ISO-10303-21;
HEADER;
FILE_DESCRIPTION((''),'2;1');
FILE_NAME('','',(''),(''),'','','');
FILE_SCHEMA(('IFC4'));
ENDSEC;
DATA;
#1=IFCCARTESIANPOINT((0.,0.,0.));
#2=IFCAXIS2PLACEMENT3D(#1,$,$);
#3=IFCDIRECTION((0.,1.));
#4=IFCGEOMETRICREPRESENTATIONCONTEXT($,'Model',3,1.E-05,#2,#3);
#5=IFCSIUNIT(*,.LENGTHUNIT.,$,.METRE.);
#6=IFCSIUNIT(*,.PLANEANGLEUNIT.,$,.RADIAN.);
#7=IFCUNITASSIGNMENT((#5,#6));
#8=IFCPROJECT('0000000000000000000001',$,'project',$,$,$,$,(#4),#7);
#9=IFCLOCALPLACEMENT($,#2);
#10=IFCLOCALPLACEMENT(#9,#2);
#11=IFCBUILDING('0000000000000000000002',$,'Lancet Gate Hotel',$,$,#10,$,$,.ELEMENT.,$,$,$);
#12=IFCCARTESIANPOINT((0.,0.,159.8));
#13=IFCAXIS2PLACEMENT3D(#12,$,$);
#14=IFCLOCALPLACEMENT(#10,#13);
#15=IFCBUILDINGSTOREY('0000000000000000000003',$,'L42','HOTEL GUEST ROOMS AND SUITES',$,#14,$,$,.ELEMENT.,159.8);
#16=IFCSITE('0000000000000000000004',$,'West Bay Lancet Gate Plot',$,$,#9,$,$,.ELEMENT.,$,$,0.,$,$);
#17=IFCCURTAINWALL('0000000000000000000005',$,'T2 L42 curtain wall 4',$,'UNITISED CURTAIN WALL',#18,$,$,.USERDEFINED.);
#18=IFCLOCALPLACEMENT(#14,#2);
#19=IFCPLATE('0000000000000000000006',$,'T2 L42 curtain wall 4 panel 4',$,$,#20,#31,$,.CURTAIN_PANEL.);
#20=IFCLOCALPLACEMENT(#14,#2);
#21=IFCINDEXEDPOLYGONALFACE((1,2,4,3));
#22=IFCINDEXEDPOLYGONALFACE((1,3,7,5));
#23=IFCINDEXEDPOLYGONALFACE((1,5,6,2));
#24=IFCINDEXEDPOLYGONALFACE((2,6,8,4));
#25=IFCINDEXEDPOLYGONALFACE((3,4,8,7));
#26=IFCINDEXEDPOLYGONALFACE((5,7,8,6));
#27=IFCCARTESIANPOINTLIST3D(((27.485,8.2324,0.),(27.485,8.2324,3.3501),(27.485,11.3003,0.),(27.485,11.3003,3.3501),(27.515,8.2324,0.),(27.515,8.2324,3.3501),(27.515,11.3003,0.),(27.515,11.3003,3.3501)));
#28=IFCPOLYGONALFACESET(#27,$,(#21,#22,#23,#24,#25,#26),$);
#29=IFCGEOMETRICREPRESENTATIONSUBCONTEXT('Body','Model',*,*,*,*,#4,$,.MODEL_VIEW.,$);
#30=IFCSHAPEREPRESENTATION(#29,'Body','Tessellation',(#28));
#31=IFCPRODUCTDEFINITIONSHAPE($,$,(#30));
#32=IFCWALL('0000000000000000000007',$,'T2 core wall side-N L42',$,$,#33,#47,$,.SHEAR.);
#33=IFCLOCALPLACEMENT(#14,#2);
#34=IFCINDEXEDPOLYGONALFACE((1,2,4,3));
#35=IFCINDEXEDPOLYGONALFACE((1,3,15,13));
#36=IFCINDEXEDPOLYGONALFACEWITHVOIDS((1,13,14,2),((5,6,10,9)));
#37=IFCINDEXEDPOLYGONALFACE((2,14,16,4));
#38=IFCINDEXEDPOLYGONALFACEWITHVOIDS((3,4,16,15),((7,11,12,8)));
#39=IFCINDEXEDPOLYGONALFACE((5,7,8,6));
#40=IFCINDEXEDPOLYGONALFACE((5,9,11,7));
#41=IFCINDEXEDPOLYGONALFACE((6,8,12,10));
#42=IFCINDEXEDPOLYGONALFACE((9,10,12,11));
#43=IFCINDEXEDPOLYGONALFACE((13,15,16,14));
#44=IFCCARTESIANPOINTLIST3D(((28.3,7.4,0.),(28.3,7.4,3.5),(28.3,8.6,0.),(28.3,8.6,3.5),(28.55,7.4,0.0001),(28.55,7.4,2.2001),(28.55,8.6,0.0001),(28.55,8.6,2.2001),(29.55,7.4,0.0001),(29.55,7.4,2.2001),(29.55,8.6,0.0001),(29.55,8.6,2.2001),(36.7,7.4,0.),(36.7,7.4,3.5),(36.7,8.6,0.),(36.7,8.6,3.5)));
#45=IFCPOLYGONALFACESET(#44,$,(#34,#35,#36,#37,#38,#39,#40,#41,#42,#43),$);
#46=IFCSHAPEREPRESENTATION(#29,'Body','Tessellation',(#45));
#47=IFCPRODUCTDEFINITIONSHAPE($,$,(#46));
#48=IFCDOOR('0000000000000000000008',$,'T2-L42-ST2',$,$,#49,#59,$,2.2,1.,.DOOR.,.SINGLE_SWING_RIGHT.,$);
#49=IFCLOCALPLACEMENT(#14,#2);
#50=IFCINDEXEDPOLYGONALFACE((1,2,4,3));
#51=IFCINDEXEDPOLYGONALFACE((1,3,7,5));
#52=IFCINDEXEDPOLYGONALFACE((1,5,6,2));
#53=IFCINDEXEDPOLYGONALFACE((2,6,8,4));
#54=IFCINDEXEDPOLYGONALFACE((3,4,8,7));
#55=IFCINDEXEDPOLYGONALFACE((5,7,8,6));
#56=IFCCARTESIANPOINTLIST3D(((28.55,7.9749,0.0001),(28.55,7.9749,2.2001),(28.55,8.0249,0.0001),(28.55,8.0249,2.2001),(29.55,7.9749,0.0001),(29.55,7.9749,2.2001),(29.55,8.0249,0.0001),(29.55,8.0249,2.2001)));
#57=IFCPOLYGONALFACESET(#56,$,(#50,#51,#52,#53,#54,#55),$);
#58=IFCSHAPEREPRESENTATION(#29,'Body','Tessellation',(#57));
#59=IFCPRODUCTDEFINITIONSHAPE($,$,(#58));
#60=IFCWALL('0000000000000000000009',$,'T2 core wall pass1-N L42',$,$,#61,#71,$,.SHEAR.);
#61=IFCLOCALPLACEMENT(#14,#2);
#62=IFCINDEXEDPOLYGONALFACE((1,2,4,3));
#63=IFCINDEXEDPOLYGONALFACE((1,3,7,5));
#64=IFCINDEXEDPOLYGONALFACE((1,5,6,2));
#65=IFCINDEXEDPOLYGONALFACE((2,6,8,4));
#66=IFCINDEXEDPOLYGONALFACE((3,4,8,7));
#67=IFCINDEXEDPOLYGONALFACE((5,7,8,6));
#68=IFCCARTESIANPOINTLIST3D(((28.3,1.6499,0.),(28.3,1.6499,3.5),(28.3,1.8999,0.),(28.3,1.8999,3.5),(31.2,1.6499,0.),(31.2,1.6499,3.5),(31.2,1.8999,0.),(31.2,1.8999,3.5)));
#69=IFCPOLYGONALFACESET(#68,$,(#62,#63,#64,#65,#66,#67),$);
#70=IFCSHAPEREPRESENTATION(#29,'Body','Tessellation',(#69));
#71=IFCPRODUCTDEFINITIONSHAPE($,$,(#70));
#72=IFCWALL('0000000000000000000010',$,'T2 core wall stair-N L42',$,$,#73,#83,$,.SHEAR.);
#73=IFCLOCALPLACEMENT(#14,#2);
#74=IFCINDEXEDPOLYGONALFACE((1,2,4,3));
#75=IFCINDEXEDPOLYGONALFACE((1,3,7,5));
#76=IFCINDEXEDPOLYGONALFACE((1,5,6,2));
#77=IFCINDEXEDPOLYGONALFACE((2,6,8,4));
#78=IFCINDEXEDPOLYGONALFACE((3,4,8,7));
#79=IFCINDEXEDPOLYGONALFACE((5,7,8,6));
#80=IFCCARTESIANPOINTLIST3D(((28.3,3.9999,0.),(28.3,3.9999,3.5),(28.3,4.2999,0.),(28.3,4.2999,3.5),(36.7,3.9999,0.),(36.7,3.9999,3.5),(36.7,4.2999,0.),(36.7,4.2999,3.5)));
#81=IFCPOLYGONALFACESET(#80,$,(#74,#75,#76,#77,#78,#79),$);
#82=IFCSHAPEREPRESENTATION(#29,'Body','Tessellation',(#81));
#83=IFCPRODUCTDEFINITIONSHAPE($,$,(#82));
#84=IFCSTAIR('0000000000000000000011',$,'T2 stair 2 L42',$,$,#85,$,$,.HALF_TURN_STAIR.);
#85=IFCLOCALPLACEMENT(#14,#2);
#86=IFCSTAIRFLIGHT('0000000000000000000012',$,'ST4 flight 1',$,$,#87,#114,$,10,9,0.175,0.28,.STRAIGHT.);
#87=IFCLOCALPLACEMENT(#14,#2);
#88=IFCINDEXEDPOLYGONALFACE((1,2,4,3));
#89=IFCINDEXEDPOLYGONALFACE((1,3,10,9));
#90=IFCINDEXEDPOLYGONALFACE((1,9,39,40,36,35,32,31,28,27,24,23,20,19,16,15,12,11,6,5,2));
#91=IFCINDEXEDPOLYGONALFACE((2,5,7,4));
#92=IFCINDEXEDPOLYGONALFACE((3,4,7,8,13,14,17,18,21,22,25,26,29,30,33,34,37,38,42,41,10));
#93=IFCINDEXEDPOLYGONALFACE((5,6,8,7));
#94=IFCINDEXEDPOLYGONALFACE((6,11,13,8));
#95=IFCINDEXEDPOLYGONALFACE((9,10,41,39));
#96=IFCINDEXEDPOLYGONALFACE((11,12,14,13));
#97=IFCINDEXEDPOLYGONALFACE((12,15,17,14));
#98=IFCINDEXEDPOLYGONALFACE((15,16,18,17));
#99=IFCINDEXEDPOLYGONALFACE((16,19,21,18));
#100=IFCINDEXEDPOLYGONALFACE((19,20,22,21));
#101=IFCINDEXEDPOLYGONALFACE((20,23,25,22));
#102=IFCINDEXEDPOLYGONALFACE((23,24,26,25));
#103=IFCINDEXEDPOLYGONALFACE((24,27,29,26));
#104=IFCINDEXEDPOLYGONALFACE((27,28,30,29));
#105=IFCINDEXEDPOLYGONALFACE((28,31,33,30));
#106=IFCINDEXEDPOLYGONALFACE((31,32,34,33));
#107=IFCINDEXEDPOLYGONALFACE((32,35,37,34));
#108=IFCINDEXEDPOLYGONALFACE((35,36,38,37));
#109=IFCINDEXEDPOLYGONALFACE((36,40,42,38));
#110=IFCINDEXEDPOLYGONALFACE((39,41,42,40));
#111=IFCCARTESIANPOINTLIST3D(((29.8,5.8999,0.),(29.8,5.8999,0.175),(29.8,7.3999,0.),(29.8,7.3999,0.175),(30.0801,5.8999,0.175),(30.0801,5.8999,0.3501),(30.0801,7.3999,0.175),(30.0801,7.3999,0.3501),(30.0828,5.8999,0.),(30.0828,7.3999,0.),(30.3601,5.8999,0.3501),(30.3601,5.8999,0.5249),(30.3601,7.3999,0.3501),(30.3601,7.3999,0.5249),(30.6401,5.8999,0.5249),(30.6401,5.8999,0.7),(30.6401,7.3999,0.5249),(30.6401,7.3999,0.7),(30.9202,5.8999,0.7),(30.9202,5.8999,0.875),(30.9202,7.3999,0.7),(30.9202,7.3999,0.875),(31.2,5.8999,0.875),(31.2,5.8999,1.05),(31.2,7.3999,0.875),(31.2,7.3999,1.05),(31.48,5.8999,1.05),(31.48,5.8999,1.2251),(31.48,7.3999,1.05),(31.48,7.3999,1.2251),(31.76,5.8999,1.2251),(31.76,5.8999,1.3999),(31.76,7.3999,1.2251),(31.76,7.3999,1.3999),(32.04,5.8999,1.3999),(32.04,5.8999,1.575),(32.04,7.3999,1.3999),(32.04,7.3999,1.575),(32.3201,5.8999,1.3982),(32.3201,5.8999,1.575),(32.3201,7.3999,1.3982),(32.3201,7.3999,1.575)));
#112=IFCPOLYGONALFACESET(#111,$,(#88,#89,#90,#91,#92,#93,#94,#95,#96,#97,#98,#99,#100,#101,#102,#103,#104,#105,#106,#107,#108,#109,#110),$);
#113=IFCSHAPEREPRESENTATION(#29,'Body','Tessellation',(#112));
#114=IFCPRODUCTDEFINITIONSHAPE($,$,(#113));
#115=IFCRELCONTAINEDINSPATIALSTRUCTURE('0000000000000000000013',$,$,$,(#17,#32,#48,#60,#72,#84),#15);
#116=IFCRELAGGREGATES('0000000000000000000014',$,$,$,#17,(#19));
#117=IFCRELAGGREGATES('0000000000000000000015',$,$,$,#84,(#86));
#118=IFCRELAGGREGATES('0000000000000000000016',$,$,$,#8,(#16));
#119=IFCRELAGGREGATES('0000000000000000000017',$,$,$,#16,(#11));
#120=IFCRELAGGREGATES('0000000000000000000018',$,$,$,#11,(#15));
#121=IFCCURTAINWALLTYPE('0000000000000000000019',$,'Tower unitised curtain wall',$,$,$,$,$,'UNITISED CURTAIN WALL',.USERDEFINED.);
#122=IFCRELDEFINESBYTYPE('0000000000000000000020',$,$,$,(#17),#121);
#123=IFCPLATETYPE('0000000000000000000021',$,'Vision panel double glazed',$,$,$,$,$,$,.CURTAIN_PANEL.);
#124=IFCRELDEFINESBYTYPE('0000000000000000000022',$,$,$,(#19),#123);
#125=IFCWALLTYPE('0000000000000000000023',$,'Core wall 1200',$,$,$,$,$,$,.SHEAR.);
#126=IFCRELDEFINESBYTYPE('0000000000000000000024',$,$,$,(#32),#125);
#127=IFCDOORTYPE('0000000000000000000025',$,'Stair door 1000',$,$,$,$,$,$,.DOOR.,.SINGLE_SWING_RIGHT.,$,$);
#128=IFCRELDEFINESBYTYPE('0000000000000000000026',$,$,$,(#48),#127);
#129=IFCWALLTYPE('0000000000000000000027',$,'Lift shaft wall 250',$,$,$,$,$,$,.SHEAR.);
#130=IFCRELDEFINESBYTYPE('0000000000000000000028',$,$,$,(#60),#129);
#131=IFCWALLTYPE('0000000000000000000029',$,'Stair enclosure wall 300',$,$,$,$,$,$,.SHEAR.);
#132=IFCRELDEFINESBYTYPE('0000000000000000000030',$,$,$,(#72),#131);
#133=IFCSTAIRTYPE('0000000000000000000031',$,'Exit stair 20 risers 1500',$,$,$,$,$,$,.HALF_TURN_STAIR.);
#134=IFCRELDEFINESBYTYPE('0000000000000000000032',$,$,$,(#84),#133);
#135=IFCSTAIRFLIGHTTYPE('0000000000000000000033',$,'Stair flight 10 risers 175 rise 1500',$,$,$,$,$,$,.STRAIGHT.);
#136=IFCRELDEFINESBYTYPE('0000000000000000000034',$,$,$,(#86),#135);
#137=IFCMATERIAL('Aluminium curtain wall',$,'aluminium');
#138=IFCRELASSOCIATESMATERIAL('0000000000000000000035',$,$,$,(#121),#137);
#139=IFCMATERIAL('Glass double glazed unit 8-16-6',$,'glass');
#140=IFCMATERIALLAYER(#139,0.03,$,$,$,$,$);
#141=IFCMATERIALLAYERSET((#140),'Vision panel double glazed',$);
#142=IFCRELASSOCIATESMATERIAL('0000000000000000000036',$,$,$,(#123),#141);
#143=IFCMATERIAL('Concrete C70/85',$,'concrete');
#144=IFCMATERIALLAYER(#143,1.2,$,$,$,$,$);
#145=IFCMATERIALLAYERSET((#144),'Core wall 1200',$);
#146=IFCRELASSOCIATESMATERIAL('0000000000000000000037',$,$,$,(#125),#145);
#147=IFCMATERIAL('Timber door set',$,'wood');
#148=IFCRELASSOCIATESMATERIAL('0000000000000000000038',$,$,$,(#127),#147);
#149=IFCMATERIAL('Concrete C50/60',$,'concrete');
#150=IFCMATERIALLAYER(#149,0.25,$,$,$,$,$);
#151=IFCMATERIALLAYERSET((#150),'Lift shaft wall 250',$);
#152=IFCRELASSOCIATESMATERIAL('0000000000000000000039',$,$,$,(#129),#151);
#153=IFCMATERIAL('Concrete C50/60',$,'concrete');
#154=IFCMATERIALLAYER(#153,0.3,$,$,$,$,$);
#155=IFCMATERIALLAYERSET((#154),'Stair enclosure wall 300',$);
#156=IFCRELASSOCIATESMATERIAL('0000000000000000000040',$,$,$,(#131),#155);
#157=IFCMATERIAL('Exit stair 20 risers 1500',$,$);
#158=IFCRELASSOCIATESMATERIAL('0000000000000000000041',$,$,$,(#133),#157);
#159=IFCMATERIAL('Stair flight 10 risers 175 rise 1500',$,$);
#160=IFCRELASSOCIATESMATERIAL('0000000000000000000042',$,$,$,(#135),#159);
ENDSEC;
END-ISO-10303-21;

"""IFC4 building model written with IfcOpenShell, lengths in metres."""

from ifc_helpers import new_model, si_unit, direction, frame, frame_2d, origin, origin_2d, place, context, subcontext, project, spatial, polyline, rectangle, outline, extrude, material, layer, layer_set, type_object, element, fill, aggregate, save


model = new_model("IFC4")

# Units and contexts
model_context = context("Model", 3, precision=1e-05, world=origin(), true_north=direction((0.0, 1.0)))
body_context = subcontext(model_context, "Body", "Model", "MODEL_VIEW")
ifc_project = project(units=[si_unit("LENGTHUNIT", "METRE"), si_unit("PLANEANGLEUNIT", "RADIAN")], contexts=[model_context])

# Site, building, storey
site_placement = place(None, origin())
site = spatial("IfcSite", under=ifc_project, at=site_placement, Name="West Bay Lancet Gate Plot", CompositionType="ELEMENT", RefElevation=0.0)
building_placement = place(site_placement, origin())
building = spatial("IfcBuilding", under=site, at=building_placement, Name="Lancet Gate Hotel", CompositionType="ELEMENT")
storey_placement = place(building_placement, frame((0.0, 0.0, 159.8)))
storey = spatial("IfcBuildingStorey", under=building, at=storey_placement, Name="L42", Description="HOTEL GUEST ROOMS AND SUITES", CompositionType="ELEMENT", Elevation=159.8)

# Curtain wall
ifc_material_1 = material(Name="Aluminium curtain wall", Category="aluminium")
curtain_wall_type = type_object("IfcCurtainWallType", Name="Tower unitised curtain wall", ElementType="UNITISED CURTAIN WALL", PredefinedType="USERDEFINED", material=ifc_material_1)
curtain_wall_placement = place(storey_placement, origin())
curtain_wall = element("IfcCurtainWall", 1, at=curtain_wall_placement, inside=storey, type_object=curtain_wall_type, Name="T2 L42 curtain wall 4", ObjectType="UNITISED CURTAIN WALL", PredefinedType="USERDEFINED")

# Plate
ifc_material_2 = material(Name="Glass double glazed unit 8-16-6", Category="glass")
ifc_layer_1 = layer(ifc_material_2, 0.03)
ifc_layer_set_1 = layer_set([ifc_layer_1], Name="Vision panel double glazed")
plate_type = type_object("IfcPlateType", Name="Vision panel double glazed", PredefinedType="CURTAIN_PANEL", material=ifc_layer_set_1)
plate_1_placement = place(storey_placement, frame((27.5, 9.7664, 0.0), z_axis=(0.0, 0.0, 1.0), x_axis=(0.0, -1.0, 0.0)))
plate_1 = element("IfcPlate", 2, at=plate_1_placement, type_object=plate_type, Name="T2 L42 curtain wall 4 panel 4", PredefinedType="CURTAIN_PANEL", context=body_context, shape_type="SweptSolid", body=[
    extrude(rectangle(XDim=3.0679, YDim=0.03, at=origin_2d()), origin(), (0.0, 0.0, 1.0), 3.3501),
])
aggregate(curtain_wall, [plate_1])

# Wall, opening, door
ifc_material_3 = material(Name="Concrete C70/85", Category="concrete")
ifc_layer_2 = layer(ifc_material_3, 1.2)
ifc_layer_set_2 = layer_set([ifc_layer_2], Name="Core wall 1200")
wall_type_1 = type_object("IfcWallType", Name="Core wall 1200", PredefinedType="SHEAR", material=ifc_layer_set_2)
wall_1_placement = place(storey_placement, frame((28.3, 8.0, 0.0), z_axis=(0.0, 0.0, 1.0), x_axis=(1.0, 0.0, 0.0)))
wall_1 = element("IfcWall", 3, at=wall_1_placement, inside=storey, type_object=wall_type_1, Name="T2 core wall side-N L42", PredefinedType="SHEAR", context=body_context, shape_type="SweptSolid", body=[
    extrude(rectangle(XDim=8.3999, YDim=1.2, at=frame_2d((4.2, 0.0))), origin(), (0.0, 0.0, 1.0), 3.5),
])
opening_placement = place(wall_1_placement, frame((0.25, 0.0, 0.0)))
opening = element("IfcOpeningElement", 4, at=opening_placement, cuts=wall_1, PredefinedType="OPENING", context=body_context, shape_type="SweptSolid", body=[
    extrude(rectangle(XDim=1.0, YDim=2.2, at=frame_2d((0.5, 1.1001))), frame((0.0, 0.6099, 0.0), z_axis=(0.0, -1.0, 0.0), x_axis=(1.0, 0.0, 0.0)), (0.0, 0.0, 1.0), 1.22),
])
ifc_material_4 = material(Name="Timber door set", Category="wood")
door_type = type_object("IfcDoorType", Name="Stair door 1000", OperationType="SINGLE_SWING_RIGHT", PredefinedType="DOOR", material=ifc_material_4)
door_placement = place(opening_placement, origin())
door = element("IfcDoor", 5, at=door_placement, inside=storey, type_object=door_type, Name="T2-L42-ST2", OperationType="SINGLE_SWING_RIGHT", OverallHeight=2.2, OverallWidth=1.0, PredefinedType="DOOR", context=body_context, shape_type="SweptSolid", body=[
    extrude(rectangle(XDim=1.0, YDim=2.2, at=frame_2d((0.5, 1.1001))), frame((0.0, 0.0249, 0.0), z_axis=(0.0, -1.0, 0.0), x_axis=(1.0, 0.0, 0.0)), (0.0, 0.0, 1.0), 0.05),
])
fill(opening, door)

# Walls
ifc_material_5 = material(Name="Concrete C50/60", Category="concrete")
ifc_layer_3 = layer(ifc_material_5, 0.25)
ifc_layer_set_3 = layer_set([ifc_layer_3], Name="Lift shaft wall 250")
wall_type_2 = type_object("IfcWallType", Name="Lift shaft wall 250", PredefinedType="SHEAR", material=ifc_layer_set_3)
wall_2_placement = place(storey_placement, frame((28.3, 1.7749, 0.0), z_axis=(0.0, 0.0, 1.0), x_axis=(1.0, 0.0, 0.0)))
element("IfcWall", 6, at=wall_2_placement, inside=storey, type_object=wall_type_2, Name="T2 core wall pass1-N L42", PredefinedType="SHEAR", context=body_context, shape_type="SweptSolid", body=[
    extrude(rectangle(XDim=2.8999, YDim=0.25, at=frame_2d((1.45, 0.0))), origin(), (0.0, 0.0, 1.0), 3.5),
])
ifc_material_6 = material(Name="Concrete C50/60", Category="concrete")
ifc_layer_4 = layer(ifc_material_6, 0.3)
ifc_layer_set_4 = layer_set([ifc_layer_4], Name="Stair enclosure wall 300")
wall_type_3 = type_object("IfcWallType", Name="Stair enclosure wall 300", PredefinedType="SHEAR", material=ifc_layer_set_4)
wall_3_placement = place(storey_placement, frame((28.3, 4.1499, 0.0), z_axis=(0.0, 0.0, 1.0), x_axis=(1.0, 0.0, 0.0)))
element("IfcWall", 7, at=wall_3_placement, inside=storey, type_object=wall_type_3, Name="T2 core wall stair-N L42", PredefinedType="SHEAR", context=body_context, shape_type="SweptSolid", body=[
    extrude(rectangle(XDim=8.3999, YDim=0.3, at=frame_2d((4.2, 0.0))), origin(), (0.0, 0.0, 1.0), 3.5),
])

# Stair, stair flight
ifc_material_7 = material(Name="Exit stair 20 risers 1500")
stair_type = type_object("IfcStairType", Name="Exit stair 20 risers 1500", PredefinedType="HALF_TURN_STAIR", material=ifc_material_7)
stair_placement = place(storey_placement, origin())
stair = element("IfcStair", 8, at=stair_placement, inside=storey, type_object=stair_type, Name="T2 stair 2 L42", PredefinedType="HALF_TURN_STAIR")
ifc_material_8 = material(Name="Stair flight 10 risers 175 rise 1500")
stair_flight_type = type_object("IfcStairFlightType", Name="Stair flight 10 risers 175 rise 1500", PredefinedType="STRAIGHT", material=ifc_material_8)
stair_flight_placement = place(storey_placement, frame((29.8, 6.6499, 0.0), z_axis=(0.0, 0.0, 1.0), x_axis=(1.0, 0.0, 0.0)))
stair_flight = element("IfcStairFlight", 9, at=stair_flight_placement, type_object=stair_flight_type, Name="ST4 flight 1", NumberOfRisers=10, NumberOfTreads=9, PredefinedType="STRAIGHT", RiserHeight=0.175, TreadLength=0.28, context=body_context, shape_type="SweptSolid", body=[
    extrude(outline(polyline([(0.0, 0.0), (0.0, 0.175), (0.28, 0.175), (0.28, 0.3501), (0.5601, 0.3501), (0.5601, 0.5249), (0.8401, 0.5249), (0.8401, 0.7), (1.1201, 0.7), (1.1201, 0.875), (1.3999, 0.875), (1.3999, 1.05), (1.6799, 1.05), (1.6799, 1.2251), (1.96, 1.2251), (1.96, 1.3999), (2.24, 1.3999), (2.24, 1.575), (2.52, 1.575), (2.52, 1.75), (2.52, 1.3982), (0.2827, 0.0), (0.0, 0.0)])), frame((0.0, 0.75, 0.0), z_axis=(0.0, -1.0, 0.0), x_axis=(1.0, 0.0, 0.0)), (0.0, 0.0, 1.0), 1.5),
])
aggregate(stair, [stair_flight])

save(model, "model.ifc")
